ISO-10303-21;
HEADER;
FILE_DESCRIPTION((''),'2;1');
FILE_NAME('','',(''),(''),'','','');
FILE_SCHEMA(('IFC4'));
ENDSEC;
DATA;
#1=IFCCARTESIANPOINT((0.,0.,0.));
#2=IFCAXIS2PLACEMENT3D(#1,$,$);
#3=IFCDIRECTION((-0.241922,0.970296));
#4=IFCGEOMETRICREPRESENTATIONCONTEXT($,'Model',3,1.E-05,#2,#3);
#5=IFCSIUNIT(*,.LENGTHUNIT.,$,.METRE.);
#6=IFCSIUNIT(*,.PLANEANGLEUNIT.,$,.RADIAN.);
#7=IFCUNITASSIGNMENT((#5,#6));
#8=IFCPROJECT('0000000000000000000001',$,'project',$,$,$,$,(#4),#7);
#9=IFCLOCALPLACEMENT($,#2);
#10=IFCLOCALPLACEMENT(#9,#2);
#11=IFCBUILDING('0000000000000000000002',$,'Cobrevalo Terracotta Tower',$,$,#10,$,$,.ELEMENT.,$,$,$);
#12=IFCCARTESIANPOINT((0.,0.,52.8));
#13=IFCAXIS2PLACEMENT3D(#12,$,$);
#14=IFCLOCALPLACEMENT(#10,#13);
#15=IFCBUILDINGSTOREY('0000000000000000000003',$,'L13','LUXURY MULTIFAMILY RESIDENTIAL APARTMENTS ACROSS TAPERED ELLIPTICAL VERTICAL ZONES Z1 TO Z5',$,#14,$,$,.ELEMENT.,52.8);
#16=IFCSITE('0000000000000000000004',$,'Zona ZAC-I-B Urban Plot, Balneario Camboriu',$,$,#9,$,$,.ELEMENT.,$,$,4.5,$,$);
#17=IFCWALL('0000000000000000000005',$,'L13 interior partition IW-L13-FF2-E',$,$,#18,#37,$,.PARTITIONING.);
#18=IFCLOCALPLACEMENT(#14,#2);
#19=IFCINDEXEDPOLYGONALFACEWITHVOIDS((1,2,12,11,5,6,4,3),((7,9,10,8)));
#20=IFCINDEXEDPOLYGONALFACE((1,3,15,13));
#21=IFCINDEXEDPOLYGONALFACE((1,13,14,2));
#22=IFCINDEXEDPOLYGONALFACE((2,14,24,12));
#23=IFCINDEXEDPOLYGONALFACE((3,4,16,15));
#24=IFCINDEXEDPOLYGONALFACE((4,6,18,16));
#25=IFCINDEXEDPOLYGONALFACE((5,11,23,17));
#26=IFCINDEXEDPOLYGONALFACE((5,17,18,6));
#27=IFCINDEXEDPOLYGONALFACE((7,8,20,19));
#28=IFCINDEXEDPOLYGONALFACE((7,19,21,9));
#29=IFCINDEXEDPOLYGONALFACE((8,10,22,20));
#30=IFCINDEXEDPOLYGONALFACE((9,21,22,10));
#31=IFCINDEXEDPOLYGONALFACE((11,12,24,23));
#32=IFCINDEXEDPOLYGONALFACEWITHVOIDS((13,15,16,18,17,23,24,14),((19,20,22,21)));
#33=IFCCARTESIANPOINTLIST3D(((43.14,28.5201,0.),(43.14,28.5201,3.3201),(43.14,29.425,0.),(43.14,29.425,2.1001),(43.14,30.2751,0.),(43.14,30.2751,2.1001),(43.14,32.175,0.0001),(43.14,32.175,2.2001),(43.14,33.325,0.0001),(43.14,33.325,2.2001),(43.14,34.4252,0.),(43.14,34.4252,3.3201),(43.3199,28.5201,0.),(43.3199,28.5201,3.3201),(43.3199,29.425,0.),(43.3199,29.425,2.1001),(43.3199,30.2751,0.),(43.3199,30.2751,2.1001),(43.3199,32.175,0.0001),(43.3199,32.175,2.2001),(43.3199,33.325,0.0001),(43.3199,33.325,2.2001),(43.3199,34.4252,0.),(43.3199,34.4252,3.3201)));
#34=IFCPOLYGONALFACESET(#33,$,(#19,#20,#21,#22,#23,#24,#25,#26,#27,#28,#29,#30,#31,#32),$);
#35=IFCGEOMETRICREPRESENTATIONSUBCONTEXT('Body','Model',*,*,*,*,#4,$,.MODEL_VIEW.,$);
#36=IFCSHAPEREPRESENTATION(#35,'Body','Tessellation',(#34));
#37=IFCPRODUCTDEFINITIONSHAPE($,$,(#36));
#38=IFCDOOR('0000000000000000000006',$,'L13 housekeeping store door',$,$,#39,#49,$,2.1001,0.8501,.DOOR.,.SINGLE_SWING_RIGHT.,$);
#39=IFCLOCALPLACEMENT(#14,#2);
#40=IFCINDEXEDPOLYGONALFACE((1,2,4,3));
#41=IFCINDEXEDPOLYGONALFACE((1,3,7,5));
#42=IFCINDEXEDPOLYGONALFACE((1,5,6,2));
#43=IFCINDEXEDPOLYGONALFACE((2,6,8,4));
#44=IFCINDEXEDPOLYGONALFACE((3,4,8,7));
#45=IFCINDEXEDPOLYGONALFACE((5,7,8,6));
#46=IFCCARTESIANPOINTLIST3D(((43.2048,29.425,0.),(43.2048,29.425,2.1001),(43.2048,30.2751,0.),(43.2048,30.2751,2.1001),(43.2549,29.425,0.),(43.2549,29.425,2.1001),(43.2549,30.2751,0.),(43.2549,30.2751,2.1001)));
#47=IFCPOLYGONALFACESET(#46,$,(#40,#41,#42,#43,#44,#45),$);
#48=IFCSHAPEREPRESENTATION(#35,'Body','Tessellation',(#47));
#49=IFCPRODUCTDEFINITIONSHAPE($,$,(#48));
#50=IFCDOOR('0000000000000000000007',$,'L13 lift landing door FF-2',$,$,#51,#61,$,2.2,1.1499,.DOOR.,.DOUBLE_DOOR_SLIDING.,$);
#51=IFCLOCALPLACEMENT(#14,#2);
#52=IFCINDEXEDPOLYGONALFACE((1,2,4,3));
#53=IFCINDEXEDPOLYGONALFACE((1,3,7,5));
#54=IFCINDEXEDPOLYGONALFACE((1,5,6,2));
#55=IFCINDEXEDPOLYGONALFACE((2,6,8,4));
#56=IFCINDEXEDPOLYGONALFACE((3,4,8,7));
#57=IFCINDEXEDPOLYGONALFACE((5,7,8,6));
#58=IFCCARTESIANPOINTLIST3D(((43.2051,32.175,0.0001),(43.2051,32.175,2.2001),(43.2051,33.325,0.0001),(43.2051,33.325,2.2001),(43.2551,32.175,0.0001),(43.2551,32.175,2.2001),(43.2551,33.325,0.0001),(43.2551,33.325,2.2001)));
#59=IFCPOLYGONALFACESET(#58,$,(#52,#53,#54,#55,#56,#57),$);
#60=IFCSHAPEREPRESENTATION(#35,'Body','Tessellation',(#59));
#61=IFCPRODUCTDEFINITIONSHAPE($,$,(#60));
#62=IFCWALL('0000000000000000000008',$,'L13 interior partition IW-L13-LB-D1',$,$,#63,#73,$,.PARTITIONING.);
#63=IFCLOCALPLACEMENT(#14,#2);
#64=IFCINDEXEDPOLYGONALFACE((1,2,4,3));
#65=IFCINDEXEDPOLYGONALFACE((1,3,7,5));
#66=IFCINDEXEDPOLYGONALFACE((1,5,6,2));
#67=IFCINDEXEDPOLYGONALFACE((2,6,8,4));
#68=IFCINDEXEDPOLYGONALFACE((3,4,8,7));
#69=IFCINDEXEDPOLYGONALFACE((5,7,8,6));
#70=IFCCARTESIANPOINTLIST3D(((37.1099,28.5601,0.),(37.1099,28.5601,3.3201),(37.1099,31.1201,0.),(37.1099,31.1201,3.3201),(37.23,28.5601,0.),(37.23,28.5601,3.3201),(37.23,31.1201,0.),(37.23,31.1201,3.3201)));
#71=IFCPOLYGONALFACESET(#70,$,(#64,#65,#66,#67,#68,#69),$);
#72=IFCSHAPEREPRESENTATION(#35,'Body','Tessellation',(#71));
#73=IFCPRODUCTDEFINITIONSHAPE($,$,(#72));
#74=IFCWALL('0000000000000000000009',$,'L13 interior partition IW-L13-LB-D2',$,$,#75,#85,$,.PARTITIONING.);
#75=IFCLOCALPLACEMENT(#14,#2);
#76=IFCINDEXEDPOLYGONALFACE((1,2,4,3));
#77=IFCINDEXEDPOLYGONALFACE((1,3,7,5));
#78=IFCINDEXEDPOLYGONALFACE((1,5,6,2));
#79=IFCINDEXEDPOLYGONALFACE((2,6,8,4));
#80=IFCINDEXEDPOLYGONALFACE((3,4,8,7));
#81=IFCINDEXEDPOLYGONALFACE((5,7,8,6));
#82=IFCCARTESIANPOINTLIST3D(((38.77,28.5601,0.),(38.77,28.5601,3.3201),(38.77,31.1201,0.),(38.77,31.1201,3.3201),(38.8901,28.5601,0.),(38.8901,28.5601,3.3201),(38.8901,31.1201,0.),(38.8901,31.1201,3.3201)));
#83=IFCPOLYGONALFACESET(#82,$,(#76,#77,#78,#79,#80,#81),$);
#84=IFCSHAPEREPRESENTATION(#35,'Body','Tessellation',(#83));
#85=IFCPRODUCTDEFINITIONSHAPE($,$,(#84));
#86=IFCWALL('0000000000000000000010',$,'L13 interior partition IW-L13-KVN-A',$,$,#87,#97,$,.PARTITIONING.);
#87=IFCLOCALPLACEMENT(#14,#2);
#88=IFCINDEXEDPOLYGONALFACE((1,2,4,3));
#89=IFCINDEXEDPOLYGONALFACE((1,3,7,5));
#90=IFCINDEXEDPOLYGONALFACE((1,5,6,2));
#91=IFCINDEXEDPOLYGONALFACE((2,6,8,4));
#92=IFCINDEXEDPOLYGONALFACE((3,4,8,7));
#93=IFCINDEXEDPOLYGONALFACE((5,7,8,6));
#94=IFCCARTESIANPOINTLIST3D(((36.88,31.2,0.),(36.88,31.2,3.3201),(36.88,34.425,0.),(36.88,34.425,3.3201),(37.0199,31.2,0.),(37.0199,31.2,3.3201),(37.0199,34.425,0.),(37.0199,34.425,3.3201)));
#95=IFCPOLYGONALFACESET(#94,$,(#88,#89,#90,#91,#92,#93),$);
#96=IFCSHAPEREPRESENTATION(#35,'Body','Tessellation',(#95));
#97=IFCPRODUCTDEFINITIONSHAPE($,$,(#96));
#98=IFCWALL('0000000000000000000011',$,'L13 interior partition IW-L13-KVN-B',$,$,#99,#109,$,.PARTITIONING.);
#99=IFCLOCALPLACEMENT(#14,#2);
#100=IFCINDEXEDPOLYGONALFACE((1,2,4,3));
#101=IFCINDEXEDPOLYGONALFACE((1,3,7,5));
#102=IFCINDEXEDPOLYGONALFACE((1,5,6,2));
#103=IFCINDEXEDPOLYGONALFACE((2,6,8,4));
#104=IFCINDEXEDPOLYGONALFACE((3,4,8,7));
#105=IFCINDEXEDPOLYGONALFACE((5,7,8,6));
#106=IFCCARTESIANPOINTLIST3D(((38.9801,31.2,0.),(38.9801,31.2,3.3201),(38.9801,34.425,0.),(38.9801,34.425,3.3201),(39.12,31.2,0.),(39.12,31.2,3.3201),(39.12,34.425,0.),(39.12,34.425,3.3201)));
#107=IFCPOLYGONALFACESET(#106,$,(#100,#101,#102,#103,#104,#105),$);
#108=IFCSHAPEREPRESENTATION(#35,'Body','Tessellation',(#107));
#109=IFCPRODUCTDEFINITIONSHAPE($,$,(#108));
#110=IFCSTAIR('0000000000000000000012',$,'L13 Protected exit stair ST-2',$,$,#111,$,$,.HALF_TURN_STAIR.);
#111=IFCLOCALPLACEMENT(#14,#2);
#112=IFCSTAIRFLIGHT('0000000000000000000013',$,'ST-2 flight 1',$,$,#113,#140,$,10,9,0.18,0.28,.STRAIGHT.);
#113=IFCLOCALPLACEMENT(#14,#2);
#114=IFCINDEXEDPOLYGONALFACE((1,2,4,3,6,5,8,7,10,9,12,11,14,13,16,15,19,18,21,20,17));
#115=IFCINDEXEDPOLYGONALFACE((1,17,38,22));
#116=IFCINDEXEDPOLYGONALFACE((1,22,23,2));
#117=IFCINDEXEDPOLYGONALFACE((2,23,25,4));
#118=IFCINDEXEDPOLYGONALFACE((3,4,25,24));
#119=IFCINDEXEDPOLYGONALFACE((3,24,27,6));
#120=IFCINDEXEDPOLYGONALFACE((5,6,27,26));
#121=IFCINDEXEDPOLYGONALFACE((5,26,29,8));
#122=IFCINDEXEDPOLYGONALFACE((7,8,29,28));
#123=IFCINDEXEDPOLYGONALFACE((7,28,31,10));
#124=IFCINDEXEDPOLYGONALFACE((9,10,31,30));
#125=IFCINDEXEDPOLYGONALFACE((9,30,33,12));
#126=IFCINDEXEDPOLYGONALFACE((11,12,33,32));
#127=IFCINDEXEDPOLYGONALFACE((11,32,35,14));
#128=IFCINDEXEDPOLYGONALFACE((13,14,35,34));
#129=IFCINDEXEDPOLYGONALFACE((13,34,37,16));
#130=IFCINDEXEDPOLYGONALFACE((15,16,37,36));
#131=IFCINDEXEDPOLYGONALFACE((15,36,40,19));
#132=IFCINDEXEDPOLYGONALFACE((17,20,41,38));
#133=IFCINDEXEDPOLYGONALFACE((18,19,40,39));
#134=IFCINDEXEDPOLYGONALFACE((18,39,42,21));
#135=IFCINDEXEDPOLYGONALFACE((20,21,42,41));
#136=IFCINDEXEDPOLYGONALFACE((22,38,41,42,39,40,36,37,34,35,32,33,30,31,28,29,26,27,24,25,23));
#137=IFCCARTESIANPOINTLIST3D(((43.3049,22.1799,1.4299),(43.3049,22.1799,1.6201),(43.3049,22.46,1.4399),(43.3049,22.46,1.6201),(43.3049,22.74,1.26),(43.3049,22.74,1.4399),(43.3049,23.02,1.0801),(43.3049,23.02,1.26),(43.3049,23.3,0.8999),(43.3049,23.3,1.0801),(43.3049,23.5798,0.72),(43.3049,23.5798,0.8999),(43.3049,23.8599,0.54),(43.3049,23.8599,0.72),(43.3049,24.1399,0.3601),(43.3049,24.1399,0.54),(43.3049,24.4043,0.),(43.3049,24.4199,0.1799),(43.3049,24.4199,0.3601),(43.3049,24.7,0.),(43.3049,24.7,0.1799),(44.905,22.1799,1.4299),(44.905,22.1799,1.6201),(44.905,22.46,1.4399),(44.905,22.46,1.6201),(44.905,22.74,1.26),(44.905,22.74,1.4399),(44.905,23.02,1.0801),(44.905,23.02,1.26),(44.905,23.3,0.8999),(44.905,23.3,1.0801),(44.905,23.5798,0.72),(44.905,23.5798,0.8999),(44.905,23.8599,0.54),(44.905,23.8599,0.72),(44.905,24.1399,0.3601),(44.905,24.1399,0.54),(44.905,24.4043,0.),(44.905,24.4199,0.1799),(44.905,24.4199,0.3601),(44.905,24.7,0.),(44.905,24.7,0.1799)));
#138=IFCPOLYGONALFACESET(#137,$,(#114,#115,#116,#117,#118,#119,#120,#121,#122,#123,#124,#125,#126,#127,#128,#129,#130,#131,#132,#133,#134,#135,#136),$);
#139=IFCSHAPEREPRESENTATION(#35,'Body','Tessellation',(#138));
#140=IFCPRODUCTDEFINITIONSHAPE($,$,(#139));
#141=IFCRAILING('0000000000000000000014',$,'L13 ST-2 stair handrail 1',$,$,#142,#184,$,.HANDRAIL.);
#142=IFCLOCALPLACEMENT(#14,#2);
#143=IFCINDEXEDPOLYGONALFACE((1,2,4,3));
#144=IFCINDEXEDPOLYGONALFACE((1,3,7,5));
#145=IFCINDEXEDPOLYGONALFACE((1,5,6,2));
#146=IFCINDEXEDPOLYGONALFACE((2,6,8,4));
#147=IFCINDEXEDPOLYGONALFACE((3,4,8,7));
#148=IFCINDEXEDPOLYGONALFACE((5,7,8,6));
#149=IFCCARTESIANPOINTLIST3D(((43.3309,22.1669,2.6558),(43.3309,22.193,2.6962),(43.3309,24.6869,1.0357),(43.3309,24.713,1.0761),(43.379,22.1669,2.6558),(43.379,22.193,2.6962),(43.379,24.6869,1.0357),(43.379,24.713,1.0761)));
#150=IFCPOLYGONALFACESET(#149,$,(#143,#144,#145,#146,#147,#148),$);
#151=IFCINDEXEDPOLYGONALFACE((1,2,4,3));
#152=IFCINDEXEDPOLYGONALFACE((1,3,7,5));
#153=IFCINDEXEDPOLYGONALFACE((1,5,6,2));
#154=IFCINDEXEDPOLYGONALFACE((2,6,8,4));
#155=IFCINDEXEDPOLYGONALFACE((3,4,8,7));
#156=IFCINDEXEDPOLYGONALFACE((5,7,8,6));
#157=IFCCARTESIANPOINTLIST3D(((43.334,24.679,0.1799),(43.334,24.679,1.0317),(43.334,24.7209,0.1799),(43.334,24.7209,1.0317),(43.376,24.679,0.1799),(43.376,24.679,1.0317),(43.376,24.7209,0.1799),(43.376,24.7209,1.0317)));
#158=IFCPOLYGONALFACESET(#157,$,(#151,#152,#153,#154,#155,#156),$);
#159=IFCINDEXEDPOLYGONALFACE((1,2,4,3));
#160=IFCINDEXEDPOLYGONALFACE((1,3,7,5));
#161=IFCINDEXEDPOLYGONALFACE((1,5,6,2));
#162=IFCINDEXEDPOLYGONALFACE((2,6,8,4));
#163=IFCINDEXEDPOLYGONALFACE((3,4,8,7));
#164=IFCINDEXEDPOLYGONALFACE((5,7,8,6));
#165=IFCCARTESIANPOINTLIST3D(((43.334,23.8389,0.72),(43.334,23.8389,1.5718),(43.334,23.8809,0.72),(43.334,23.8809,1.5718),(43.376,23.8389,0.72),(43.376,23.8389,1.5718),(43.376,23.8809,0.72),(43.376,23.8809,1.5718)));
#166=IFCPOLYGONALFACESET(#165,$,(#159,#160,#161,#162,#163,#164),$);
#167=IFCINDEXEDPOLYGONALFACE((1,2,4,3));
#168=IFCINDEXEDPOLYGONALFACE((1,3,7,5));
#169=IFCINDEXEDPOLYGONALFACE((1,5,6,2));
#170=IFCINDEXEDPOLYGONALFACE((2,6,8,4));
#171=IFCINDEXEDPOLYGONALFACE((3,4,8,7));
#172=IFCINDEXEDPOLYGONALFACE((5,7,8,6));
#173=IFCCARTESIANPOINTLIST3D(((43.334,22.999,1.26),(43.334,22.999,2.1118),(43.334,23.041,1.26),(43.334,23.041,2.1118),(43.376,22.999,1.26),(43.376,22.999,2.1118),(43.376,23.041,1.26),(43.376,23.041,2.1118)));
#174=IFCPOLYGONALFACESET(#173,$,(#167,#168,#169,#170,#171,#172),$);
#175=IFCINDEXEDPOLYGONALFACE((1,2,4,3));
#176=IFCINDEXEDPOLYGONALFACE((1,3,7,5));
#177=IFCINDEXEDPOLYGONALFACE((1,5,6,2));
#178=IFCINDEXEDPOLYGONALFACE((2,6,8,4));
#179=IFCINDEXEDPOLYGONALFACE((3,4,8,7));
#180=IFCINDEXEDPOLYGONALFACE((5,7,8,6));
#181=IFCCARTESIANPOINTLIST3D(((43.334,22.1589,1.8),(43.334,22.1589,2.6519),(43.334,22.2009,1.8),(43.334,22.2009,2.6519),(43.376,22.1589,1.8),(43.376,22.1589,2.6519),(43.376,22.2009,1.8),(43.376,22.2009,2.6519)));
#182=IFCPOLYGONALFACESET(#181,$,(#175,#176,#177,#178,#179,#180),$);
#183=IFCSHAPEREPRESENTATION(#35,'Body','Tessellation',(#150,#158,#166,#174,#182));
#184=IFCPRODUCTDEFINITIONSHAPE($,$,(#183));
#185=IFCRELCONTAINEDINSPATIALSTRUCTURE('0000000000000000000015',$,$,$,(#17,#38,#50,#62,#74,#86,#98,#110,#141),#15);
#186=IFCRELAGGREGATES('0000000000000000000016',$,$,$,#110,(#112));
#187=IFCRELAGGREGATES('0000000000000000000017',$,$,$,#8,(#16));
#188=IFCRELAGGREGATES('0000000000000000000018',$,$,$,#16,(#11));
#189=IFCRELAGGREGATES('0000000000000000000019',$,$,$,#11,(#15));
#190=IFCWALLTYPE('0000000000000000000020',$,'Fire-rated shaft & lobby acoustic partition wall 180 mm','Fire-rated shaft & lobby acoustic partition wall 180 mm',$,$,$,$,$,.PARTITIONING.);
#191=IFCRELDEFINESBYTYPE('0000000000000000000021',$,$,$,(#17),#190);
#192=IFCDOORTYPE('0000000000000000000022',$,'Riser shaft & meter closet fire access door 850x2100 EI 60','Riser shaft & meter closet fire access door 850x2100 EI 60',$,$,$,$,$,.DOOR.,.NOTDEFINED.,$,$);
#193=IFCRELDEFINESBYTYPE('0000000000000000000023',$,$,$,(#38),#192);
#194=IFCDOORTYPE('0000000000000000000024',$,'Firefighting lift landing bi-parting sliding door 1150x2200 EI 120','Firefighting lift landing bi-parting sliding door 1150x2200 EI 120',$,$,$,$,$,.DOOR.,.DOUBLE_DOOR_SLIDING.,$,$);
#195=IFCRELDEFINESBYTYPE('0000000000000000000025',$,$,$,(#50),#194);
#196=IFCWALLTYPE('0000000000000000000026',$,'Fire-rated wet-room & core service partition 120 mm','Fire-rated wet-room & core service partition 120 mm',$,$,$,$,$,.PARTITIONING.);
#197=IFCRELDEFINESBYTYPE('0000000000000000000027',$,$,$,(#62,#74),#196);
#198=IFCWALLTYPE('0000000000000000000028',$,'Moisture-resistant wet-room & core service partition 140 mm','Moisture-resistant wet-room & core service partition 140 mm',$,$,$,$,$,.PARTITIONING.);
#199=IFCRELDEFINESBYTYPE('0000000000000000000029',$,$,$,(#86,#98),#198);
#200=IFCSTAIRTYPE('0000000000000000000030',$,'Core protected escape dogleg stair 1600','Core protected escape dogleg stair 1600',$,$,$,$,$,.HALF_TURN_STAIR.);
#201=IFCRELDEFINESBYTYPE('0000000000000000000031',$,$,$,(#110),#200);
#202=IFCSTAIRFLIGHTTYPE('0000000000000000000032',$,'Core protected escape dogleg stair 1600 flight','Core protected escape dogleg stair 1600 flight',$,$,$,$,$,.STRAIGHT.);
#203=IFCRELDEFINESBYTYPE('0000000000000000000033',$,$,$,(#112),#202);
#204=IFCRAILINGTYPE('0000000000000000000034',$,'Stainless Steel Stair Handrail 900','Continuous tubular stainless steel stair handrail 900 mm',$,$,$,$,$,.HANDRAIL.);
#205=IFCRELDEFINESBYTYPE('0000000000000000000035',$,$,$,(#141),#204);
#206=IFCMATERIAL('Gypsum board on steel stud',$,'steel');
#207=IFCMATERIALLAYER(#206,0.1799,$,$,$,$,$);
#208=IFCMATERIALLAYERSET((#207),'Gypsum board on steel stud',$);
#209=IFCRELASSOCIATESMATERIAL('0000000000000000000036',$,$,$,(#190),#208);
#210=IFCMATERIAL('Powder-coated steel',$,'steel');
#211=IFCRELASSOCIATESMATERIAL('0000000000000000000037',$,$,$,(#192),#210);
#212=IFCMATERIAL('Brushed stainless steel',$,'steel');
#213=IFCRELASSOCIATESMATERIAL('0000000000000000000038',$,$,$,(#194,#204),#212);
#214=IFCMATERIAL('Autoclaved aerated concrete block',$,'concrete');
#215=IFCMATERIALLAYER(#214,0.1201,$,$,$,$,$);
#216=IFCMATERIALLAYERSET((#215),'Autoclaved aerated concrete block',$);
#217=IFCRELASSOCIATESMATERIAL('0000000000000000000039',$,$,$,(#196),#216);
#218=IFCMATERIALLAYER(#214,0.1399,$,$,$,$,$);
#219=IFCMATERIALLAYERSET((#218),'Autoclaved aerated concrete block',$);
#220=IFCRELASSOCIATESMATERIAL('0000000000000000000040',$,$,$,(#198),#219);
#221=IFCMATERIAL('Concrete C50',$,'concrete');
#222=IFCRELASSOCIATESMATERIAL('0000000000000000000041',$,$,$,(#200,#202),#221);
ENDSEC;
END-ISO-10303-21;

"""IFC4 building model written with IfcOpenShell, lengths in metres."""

from ifc_helpers import new_model, si_unit, direction, frame, frame_2d, origin, origin_2d, place, context, subcontext, project, spatial, polyline, rectangle, outline, extrude, source, transform, mapped, material, layer, layer_set, type_object, element, fill, aggregate, save


model = new_model("IFC4")

# Units and contexts
model_context = context("Model", 3, precision=1e-05, world=origin(), true_north=direction((-0.241922, 0.970296)))
body_context = subcontext(model_context, "Body", "Model", "MODEL_VIEW")
ifc_project = project(units=[si_unit("LENGTHUNIT", "METRE"), si_unit("PLANEANGLEUNIT", "RADIAN")], contexts=[model_context])

# Site, building, storey
site_placement = place(None, origin())
site = spatial("IfcSite", under=ifc_project, at=site_placement, Name="Zona ZAC-I-B Urban Plot, Balneario Camboriu", CompositionType="ELEMENT", RefElevation=4.5)
building_placement = place(site_placement, origin())
building = spatial("IfcBuilding", under=site, at=building_placement, Name="Cobrevalo Terracotta Tower", CompositionType="ELEMENT")
storey_placement = place(building_placement, frame((0.0, 0.0, 52.8)))
storey = spatial("IfcBuildingStorey", under=building, at=storey_placement, Name="L13", Description="LUXURY MULTIFAMILY RESIDENTIAL APARTMENTS ACROSS TAPERED ELLIPTICAL VERTICAL ZONES Z1 TO Z5", CompositionType="ELEMENT", Elevation=52.8)

# Shared definitions
ifc_material_1 = material(Name="Gypsum board on steel stud", Category="steel")

# Shared definitions
ifc_material_2 = material(Name="Brushed stainless steel", Category="steel")

# Shared definitions
ifc_layer_1 = layer(ifc_material_1, 0.1799)
ifc_layer_set_1 = layer_set([ifc_layer_1], Name="Gypsum board on steel stud")
wall_type_1 = type_object("IfcWallType", Name="Fire-rated shaft & lobby acoustic partition wall 180 mm", Description="Fire-rated shaft & lobby acoustic partition wall 180 mm", PredefinedType="PARTITIONING", material=ifc_layer_set_1)
ifc_material_3 = material(Name="Powder-coated steel", Category="steel")
door_type_1 = type_object("IfcDoorType", Name="Riser shaft & meter closet fire access door 850x2100 EI 60", Description="Riser shaft & meter closet fire access door 850x2100 EI 60", OperationType="NOTDEFINED", PredefinedType="DOOR", material=ifc_material_3)
shared_shape_1 = source(origin(), body_context, "Body", "SweptSolid", [
    extrude(rectangle(XDim=0.8501, YDim=2.1001, at=frame_2d((0.425, 1.05))), frame((0.0, 0.0249, 0.0), z_axis=(0.0, -1.0, 0.0), x_axis=(1.0, 0.0, 0.0)), (0.0, 0.0, 1.0), 0.05),
])

# Wall, openings, doors
wall_1_placement = place(storey_placement, frame((43.23, 28.52, 0.0), z_axis=(0.0, 0.0, 1.0), x_axis=(0.0, 1.0, 0.0)))
wall_1 = element("IfcWall", 1, at=wall_1_placement, inside=storey, type_object=wall_type_1, Name="L13 interior partition IW-L13-FF2-E", PredefinedType="PARTITIONING", context=body_context, shape_type="SweptSolid", body=[
    extrude(rectangle(XDim=5.905, YDim=0.1799, at=frame_2d((2.9526, 0.0))), origin(), (0.0, 0.0, 1.0), 3.3201),
])
opening_1_placement = place(wall_1_placement, frame((0.905, 0.0, 0.0)))
opening_1 = element("IfcOpeningElement", 2, at=opening_1_placement, cuts=wall_1, PredefinedType="OPENING", context=body_context, shape_type="SweptSolid", body=[
    extrude(rectangle(XDim=0.8501, YDim=2.1001, at=frame_2d((0.425, 1.05))), frame((0.0, 0.1001, 0.0), z_axis=(0.0, -1.0, 0.0), x_axis=(1.0, 0.0, 0.0)), (0.0, 0.0, 1.0), 0.2),
])
opening_2_placement = place(wall_1_placement, frame((3.655, 0.0, 0.0)))
opening_2 = element("IfcOpeningElement", 3, at=opening_2_placement, cuts=wall_1, PredefinedType="OPENING", context=body_context, shape_type="SweptSolid", body=[
    extrude(rectangle(XDim=1.1499, YDim=2.2, at=frame_2d((0.575, 1.1001))), frame((0.0, 0.1001, 0.0), z_axis=(0.0, -1.0, 0.0), x_axis=(1.0, 0.0, 0.0)), (0.0, 0.0, 1.0), 0.2),
])
door_1_placement = place(opening_1_placement, frame((0.8501, 0.0, 0.0), z_axis=(0.0, 0.0, 1.0), x_axis=(-1.0, 0.0, 0.0)))
door_1 = element("IfcDoor", 4, at=door_1_placement, inside=storey, type_object=door_type_1, Name="L13 housekeeping store door", OperationType="SINGLE_SWING_RIGHT", OverallHeight=2.1001, OverallWidth=0.8501, PredefinedType="DOOR", context=body_context, shape_type="MappedRepresentation", body=[
    mapped(shared_shape_1, transform((0.0, 0.0, 0.0), scale=1.0)),
])
fill(opening_1, door_1)
door_type_2 = type_object("IfcDoorType", Name="Firefighting lift landing bi-parting sliding door 1150x2200 EI 120", Description="Firefighting lift landing bi-parting sliding door 1150x2200 EI 120", OperationType="DOUBLE_DOOR_SLIDING", PredefinedType="DOOR", material=ifc_material_2)
shared_shape_2 = source(origin(), body_context, "Body", "SweptSolid", [
    extrude(rectangle(XDim=1.1499, YDim=2.2, at=frame_2d((0.575, 1.1001))), frame((0.0, 0.0249, 0.0), z_axis=(0.0, -1.0, 0.0), x_axis=(1.0, 0.0, 0.0)), (0.0, 0.0, 1.0), 0.05),
])
door_2_placement = place(opening_2_placement, origin())
door_2 = element("IfcDoor", 5, at=door_2_placement, inside=storey, type_object=door_type_2, Name="L13 lift landing door FF-2", OperationType="DOUBLE_DOOR_SLIDING", OverallHeight=2.2, OverallWidth=1.1499, PredefinedType="DOOR", context=body_context, shape_type="MappedRepresentation", body=[
    mapped(shared_shape_2, transform((0.0, 0.0, 0.0), scale=1.0)),
])
fill(opening_2, door_2)

# Walls
ifc_material_4 = material(Name="Autoclaved aerated concrete block", Category="concrete")
ifc_layer_2 = layer(ifc_material_4, 0.1201)
ifc_layer_set_2 = layer_set([ifc_layer_2], Name="Autoclaved aerated concrete block")
wall_type_2 = type_object("IfcWallType", Name="Fire-rated wet-room & core service partition 120 mm", Description="Fire-rated wet-room & core service partition 120 mm", PredefinedType="PARTITIONING", material=ifc_layer_set_2)
for number, where, z_axis, x_axis, name in (
    (6, (37.1699, 28.5601, 0.0), (0.0, 0.0, 1.0), (0.0, 1.0, 0.0), "L13 interior partition IW-L13-LB-D1"),
    (7, (38.8301, 28.5601, 0.0), (0.0, 0.0, 1.0), (0.0, 1.0, 0.0), "L13 interior partition IW-L13-LB-D2"),
):
    element("IfcWall", number, at=place(storey_placement, frame(where, z_axis=z_axis, x_axis=x_axis)), inside=storey, type_object=wall_type_2, Name=name, PredefinedType="PARTITIONING", context=body_context, shape_type="SweptSolid", body=[
        extrude(rectangle(XDim=2.5601, YDim=0.1201, at=frame_2d((1.28, 0.0))), origin(), (0.0, 0.0, 1.0), 3.3201),
    ])
ifc_layer_3 = layer(ifc_material_4, 0.1399)
ifc_layer_set_3 = layer_set([ifc_layer_3], Name="Autoclaved aerated concrete block")
wall_type_3 = type_object("IfcWallType", Name="Moisture-resistant wet-room & core service partition 140 mm", Description="Moisture-resistant wet-room & core service partition 140 mm", PredefinedType="PARTITIONING", material=ifc_layer_set_3)
for number, where, z_axis, x_axis, name in (
    (8, (36.95, 31.2, 0.0), (0.0, 0.0, 1.0), (0.0, 1.0, 0.0), "L13 interior partition IW-L13-KVN-A"),
    (9, (39.05, 31.2, 0.0), (0.0, 0.0, 1.0), (0.0, 1.0, 0.0), "L13 interior partition IW-L13-KVN-B"),
):
    element("IfcWall", number, at=place(storey_placement, frame(where, z_axis=z_axis, x_axis=x_axis)), inside=storey, type_object=wall_type_3, Name=name, PredefinedType="PARTITIONING", context=body_context, shape_type="SweptSolid", body=[
        extrude(rectangle(XDim=3.2251, YDim=0.1399, at=frame_2d((1.6125, 0.0))), origin(), (0.0, 0.0, 1.0), 3.3201),
    ])

# Shared definitions
ifc_material_5 = material(Name="Concrete C50", Category="concrete")

# Stair, stair flight
stair_type = type_object("IfcStairType", Name="Core protected escape dogleg stair 1600", Description="Core protected escape dogleg stair 1600", PredefinedType="HALF_TURN_STAIR", material=ifc_material_5)
stair_placement = place(storey_placement, origin())
stair = element("IfcStair", 10, at=stair_placement, inside=storey, type_object=stair_type, Name="L13 Protected exit stair ST-2", PredefinedType="HALF_TURN_STAIR")
stair_flight_type = type_object("IfcStairFlightType", Name="Core protected escape dogleg stair 1600 flight", Description="Core protected escape dogleg stair 1600 flight", PredefinedType="STRAIGHT", material=ifc_material_5)
stair_flight_placement = place(storey_placement, frame((44.105, 24.7, 0.0), z_axis=(0.0, 0.0, 1.0), x_axis=(0.0, -1.0, 0.0)))
stair_flight = element("IfcStairFlight", 11, at=stair_flight_placement, type_object=stair_flight_type, Name="ST-2 flight 1", NumberOfRisers=10, NumberOfTreads=9, PredefinedType="STRAIGHT", RiserHeight=0.18, TreadLength=0.28, context=body_context, shape_type="SweptSolid", body=[
    extrude(outline(polyline([(0.0, 0.0), (0.0, 0.1799), (0.28, 0.1799), (0.28, 0.3601), (0.5601, 0.3601), (0.5601, 0.54), (0.8401, 0.54), (0.8401, 0.72), (1.1201, 0.72), (1.1201, 0.8999), (1.3999, 0.8999), (1.3999, 1.0801), (1.6799, 1.0801), (1.6799, 1.26), (1.96, 1.26), (1.96, 1.4399), (2.24, 1.4399), (2.24, 1.6201), (2.52, 1.6201), (2.52, 1.8), (2.52, 1.4299), (0.2957, 0.0), (0.0, 0.0)])), frame((0.0, 0.8, 0.0), z_axis=(0.0, -1.0, 0.0), x_axis=(1.0, 0.0, 0.0)), (0.0, 0.0, 1.0), 1.6001),
])
aggregate(stair, [stair_flight])

# Railing
railing_type_1 = type_object("IfcRailingType", Name="Stainless Steel Stair Handrail 900", Description="Continuous tubular stainless steel stair handrail 900 mm", PredefinedType="HANDRAIL", material=ifc_material_2)
railing_1_placement = place(storey_placement, frame((43.355, 24.7, 0.1799)))
element("IfcRailing", 12, at=railing_1_placement, inside=storey, type_object=railing_type_1, Name="L13 ST-2 stair handrail 1", PredefinedType="HANDRAIL", context=body_context, shape_type="SweptSolid", body=[
    extrude(rectangle(XDim=0.0481, YDim=0.0481, at=origin_2d()), frame((0.0, 0.0, 0.876), z_axis=(0.0, -0.841163, 0.540782), x_axis=(1.0, 0.0, 0.0)), (0.0, 0.0, 1.0), 2.9958),
    extrude(rectangle(XDim=0.042, YDim=0.042, at=origin_2d()), origin(), (0.0, 0.0, 1.0), 0.8518),
    extrude(rectangle(XDim=0.042, YDim=0.042, at=origin_2d()), frame((0.0, -0.8401, 0.54)), (0.0, 0.0, 1.0), 0.8518),
    extrude(rectangle(XDim=0.042, YDim=0.042, at=origin_2d()), frame((0.0, -1.6799, 1.0801)), (0.0, 0.0, 1.0), 0.8518),
    extrude(rectangle(XDim=0.042, YDim=0.042, at=origin_2d()), frame((0.0, -2.52, 1.6201)), (0.0, 0.0, 1.0), 0.8518),
])

save(model, "model.ifc")
